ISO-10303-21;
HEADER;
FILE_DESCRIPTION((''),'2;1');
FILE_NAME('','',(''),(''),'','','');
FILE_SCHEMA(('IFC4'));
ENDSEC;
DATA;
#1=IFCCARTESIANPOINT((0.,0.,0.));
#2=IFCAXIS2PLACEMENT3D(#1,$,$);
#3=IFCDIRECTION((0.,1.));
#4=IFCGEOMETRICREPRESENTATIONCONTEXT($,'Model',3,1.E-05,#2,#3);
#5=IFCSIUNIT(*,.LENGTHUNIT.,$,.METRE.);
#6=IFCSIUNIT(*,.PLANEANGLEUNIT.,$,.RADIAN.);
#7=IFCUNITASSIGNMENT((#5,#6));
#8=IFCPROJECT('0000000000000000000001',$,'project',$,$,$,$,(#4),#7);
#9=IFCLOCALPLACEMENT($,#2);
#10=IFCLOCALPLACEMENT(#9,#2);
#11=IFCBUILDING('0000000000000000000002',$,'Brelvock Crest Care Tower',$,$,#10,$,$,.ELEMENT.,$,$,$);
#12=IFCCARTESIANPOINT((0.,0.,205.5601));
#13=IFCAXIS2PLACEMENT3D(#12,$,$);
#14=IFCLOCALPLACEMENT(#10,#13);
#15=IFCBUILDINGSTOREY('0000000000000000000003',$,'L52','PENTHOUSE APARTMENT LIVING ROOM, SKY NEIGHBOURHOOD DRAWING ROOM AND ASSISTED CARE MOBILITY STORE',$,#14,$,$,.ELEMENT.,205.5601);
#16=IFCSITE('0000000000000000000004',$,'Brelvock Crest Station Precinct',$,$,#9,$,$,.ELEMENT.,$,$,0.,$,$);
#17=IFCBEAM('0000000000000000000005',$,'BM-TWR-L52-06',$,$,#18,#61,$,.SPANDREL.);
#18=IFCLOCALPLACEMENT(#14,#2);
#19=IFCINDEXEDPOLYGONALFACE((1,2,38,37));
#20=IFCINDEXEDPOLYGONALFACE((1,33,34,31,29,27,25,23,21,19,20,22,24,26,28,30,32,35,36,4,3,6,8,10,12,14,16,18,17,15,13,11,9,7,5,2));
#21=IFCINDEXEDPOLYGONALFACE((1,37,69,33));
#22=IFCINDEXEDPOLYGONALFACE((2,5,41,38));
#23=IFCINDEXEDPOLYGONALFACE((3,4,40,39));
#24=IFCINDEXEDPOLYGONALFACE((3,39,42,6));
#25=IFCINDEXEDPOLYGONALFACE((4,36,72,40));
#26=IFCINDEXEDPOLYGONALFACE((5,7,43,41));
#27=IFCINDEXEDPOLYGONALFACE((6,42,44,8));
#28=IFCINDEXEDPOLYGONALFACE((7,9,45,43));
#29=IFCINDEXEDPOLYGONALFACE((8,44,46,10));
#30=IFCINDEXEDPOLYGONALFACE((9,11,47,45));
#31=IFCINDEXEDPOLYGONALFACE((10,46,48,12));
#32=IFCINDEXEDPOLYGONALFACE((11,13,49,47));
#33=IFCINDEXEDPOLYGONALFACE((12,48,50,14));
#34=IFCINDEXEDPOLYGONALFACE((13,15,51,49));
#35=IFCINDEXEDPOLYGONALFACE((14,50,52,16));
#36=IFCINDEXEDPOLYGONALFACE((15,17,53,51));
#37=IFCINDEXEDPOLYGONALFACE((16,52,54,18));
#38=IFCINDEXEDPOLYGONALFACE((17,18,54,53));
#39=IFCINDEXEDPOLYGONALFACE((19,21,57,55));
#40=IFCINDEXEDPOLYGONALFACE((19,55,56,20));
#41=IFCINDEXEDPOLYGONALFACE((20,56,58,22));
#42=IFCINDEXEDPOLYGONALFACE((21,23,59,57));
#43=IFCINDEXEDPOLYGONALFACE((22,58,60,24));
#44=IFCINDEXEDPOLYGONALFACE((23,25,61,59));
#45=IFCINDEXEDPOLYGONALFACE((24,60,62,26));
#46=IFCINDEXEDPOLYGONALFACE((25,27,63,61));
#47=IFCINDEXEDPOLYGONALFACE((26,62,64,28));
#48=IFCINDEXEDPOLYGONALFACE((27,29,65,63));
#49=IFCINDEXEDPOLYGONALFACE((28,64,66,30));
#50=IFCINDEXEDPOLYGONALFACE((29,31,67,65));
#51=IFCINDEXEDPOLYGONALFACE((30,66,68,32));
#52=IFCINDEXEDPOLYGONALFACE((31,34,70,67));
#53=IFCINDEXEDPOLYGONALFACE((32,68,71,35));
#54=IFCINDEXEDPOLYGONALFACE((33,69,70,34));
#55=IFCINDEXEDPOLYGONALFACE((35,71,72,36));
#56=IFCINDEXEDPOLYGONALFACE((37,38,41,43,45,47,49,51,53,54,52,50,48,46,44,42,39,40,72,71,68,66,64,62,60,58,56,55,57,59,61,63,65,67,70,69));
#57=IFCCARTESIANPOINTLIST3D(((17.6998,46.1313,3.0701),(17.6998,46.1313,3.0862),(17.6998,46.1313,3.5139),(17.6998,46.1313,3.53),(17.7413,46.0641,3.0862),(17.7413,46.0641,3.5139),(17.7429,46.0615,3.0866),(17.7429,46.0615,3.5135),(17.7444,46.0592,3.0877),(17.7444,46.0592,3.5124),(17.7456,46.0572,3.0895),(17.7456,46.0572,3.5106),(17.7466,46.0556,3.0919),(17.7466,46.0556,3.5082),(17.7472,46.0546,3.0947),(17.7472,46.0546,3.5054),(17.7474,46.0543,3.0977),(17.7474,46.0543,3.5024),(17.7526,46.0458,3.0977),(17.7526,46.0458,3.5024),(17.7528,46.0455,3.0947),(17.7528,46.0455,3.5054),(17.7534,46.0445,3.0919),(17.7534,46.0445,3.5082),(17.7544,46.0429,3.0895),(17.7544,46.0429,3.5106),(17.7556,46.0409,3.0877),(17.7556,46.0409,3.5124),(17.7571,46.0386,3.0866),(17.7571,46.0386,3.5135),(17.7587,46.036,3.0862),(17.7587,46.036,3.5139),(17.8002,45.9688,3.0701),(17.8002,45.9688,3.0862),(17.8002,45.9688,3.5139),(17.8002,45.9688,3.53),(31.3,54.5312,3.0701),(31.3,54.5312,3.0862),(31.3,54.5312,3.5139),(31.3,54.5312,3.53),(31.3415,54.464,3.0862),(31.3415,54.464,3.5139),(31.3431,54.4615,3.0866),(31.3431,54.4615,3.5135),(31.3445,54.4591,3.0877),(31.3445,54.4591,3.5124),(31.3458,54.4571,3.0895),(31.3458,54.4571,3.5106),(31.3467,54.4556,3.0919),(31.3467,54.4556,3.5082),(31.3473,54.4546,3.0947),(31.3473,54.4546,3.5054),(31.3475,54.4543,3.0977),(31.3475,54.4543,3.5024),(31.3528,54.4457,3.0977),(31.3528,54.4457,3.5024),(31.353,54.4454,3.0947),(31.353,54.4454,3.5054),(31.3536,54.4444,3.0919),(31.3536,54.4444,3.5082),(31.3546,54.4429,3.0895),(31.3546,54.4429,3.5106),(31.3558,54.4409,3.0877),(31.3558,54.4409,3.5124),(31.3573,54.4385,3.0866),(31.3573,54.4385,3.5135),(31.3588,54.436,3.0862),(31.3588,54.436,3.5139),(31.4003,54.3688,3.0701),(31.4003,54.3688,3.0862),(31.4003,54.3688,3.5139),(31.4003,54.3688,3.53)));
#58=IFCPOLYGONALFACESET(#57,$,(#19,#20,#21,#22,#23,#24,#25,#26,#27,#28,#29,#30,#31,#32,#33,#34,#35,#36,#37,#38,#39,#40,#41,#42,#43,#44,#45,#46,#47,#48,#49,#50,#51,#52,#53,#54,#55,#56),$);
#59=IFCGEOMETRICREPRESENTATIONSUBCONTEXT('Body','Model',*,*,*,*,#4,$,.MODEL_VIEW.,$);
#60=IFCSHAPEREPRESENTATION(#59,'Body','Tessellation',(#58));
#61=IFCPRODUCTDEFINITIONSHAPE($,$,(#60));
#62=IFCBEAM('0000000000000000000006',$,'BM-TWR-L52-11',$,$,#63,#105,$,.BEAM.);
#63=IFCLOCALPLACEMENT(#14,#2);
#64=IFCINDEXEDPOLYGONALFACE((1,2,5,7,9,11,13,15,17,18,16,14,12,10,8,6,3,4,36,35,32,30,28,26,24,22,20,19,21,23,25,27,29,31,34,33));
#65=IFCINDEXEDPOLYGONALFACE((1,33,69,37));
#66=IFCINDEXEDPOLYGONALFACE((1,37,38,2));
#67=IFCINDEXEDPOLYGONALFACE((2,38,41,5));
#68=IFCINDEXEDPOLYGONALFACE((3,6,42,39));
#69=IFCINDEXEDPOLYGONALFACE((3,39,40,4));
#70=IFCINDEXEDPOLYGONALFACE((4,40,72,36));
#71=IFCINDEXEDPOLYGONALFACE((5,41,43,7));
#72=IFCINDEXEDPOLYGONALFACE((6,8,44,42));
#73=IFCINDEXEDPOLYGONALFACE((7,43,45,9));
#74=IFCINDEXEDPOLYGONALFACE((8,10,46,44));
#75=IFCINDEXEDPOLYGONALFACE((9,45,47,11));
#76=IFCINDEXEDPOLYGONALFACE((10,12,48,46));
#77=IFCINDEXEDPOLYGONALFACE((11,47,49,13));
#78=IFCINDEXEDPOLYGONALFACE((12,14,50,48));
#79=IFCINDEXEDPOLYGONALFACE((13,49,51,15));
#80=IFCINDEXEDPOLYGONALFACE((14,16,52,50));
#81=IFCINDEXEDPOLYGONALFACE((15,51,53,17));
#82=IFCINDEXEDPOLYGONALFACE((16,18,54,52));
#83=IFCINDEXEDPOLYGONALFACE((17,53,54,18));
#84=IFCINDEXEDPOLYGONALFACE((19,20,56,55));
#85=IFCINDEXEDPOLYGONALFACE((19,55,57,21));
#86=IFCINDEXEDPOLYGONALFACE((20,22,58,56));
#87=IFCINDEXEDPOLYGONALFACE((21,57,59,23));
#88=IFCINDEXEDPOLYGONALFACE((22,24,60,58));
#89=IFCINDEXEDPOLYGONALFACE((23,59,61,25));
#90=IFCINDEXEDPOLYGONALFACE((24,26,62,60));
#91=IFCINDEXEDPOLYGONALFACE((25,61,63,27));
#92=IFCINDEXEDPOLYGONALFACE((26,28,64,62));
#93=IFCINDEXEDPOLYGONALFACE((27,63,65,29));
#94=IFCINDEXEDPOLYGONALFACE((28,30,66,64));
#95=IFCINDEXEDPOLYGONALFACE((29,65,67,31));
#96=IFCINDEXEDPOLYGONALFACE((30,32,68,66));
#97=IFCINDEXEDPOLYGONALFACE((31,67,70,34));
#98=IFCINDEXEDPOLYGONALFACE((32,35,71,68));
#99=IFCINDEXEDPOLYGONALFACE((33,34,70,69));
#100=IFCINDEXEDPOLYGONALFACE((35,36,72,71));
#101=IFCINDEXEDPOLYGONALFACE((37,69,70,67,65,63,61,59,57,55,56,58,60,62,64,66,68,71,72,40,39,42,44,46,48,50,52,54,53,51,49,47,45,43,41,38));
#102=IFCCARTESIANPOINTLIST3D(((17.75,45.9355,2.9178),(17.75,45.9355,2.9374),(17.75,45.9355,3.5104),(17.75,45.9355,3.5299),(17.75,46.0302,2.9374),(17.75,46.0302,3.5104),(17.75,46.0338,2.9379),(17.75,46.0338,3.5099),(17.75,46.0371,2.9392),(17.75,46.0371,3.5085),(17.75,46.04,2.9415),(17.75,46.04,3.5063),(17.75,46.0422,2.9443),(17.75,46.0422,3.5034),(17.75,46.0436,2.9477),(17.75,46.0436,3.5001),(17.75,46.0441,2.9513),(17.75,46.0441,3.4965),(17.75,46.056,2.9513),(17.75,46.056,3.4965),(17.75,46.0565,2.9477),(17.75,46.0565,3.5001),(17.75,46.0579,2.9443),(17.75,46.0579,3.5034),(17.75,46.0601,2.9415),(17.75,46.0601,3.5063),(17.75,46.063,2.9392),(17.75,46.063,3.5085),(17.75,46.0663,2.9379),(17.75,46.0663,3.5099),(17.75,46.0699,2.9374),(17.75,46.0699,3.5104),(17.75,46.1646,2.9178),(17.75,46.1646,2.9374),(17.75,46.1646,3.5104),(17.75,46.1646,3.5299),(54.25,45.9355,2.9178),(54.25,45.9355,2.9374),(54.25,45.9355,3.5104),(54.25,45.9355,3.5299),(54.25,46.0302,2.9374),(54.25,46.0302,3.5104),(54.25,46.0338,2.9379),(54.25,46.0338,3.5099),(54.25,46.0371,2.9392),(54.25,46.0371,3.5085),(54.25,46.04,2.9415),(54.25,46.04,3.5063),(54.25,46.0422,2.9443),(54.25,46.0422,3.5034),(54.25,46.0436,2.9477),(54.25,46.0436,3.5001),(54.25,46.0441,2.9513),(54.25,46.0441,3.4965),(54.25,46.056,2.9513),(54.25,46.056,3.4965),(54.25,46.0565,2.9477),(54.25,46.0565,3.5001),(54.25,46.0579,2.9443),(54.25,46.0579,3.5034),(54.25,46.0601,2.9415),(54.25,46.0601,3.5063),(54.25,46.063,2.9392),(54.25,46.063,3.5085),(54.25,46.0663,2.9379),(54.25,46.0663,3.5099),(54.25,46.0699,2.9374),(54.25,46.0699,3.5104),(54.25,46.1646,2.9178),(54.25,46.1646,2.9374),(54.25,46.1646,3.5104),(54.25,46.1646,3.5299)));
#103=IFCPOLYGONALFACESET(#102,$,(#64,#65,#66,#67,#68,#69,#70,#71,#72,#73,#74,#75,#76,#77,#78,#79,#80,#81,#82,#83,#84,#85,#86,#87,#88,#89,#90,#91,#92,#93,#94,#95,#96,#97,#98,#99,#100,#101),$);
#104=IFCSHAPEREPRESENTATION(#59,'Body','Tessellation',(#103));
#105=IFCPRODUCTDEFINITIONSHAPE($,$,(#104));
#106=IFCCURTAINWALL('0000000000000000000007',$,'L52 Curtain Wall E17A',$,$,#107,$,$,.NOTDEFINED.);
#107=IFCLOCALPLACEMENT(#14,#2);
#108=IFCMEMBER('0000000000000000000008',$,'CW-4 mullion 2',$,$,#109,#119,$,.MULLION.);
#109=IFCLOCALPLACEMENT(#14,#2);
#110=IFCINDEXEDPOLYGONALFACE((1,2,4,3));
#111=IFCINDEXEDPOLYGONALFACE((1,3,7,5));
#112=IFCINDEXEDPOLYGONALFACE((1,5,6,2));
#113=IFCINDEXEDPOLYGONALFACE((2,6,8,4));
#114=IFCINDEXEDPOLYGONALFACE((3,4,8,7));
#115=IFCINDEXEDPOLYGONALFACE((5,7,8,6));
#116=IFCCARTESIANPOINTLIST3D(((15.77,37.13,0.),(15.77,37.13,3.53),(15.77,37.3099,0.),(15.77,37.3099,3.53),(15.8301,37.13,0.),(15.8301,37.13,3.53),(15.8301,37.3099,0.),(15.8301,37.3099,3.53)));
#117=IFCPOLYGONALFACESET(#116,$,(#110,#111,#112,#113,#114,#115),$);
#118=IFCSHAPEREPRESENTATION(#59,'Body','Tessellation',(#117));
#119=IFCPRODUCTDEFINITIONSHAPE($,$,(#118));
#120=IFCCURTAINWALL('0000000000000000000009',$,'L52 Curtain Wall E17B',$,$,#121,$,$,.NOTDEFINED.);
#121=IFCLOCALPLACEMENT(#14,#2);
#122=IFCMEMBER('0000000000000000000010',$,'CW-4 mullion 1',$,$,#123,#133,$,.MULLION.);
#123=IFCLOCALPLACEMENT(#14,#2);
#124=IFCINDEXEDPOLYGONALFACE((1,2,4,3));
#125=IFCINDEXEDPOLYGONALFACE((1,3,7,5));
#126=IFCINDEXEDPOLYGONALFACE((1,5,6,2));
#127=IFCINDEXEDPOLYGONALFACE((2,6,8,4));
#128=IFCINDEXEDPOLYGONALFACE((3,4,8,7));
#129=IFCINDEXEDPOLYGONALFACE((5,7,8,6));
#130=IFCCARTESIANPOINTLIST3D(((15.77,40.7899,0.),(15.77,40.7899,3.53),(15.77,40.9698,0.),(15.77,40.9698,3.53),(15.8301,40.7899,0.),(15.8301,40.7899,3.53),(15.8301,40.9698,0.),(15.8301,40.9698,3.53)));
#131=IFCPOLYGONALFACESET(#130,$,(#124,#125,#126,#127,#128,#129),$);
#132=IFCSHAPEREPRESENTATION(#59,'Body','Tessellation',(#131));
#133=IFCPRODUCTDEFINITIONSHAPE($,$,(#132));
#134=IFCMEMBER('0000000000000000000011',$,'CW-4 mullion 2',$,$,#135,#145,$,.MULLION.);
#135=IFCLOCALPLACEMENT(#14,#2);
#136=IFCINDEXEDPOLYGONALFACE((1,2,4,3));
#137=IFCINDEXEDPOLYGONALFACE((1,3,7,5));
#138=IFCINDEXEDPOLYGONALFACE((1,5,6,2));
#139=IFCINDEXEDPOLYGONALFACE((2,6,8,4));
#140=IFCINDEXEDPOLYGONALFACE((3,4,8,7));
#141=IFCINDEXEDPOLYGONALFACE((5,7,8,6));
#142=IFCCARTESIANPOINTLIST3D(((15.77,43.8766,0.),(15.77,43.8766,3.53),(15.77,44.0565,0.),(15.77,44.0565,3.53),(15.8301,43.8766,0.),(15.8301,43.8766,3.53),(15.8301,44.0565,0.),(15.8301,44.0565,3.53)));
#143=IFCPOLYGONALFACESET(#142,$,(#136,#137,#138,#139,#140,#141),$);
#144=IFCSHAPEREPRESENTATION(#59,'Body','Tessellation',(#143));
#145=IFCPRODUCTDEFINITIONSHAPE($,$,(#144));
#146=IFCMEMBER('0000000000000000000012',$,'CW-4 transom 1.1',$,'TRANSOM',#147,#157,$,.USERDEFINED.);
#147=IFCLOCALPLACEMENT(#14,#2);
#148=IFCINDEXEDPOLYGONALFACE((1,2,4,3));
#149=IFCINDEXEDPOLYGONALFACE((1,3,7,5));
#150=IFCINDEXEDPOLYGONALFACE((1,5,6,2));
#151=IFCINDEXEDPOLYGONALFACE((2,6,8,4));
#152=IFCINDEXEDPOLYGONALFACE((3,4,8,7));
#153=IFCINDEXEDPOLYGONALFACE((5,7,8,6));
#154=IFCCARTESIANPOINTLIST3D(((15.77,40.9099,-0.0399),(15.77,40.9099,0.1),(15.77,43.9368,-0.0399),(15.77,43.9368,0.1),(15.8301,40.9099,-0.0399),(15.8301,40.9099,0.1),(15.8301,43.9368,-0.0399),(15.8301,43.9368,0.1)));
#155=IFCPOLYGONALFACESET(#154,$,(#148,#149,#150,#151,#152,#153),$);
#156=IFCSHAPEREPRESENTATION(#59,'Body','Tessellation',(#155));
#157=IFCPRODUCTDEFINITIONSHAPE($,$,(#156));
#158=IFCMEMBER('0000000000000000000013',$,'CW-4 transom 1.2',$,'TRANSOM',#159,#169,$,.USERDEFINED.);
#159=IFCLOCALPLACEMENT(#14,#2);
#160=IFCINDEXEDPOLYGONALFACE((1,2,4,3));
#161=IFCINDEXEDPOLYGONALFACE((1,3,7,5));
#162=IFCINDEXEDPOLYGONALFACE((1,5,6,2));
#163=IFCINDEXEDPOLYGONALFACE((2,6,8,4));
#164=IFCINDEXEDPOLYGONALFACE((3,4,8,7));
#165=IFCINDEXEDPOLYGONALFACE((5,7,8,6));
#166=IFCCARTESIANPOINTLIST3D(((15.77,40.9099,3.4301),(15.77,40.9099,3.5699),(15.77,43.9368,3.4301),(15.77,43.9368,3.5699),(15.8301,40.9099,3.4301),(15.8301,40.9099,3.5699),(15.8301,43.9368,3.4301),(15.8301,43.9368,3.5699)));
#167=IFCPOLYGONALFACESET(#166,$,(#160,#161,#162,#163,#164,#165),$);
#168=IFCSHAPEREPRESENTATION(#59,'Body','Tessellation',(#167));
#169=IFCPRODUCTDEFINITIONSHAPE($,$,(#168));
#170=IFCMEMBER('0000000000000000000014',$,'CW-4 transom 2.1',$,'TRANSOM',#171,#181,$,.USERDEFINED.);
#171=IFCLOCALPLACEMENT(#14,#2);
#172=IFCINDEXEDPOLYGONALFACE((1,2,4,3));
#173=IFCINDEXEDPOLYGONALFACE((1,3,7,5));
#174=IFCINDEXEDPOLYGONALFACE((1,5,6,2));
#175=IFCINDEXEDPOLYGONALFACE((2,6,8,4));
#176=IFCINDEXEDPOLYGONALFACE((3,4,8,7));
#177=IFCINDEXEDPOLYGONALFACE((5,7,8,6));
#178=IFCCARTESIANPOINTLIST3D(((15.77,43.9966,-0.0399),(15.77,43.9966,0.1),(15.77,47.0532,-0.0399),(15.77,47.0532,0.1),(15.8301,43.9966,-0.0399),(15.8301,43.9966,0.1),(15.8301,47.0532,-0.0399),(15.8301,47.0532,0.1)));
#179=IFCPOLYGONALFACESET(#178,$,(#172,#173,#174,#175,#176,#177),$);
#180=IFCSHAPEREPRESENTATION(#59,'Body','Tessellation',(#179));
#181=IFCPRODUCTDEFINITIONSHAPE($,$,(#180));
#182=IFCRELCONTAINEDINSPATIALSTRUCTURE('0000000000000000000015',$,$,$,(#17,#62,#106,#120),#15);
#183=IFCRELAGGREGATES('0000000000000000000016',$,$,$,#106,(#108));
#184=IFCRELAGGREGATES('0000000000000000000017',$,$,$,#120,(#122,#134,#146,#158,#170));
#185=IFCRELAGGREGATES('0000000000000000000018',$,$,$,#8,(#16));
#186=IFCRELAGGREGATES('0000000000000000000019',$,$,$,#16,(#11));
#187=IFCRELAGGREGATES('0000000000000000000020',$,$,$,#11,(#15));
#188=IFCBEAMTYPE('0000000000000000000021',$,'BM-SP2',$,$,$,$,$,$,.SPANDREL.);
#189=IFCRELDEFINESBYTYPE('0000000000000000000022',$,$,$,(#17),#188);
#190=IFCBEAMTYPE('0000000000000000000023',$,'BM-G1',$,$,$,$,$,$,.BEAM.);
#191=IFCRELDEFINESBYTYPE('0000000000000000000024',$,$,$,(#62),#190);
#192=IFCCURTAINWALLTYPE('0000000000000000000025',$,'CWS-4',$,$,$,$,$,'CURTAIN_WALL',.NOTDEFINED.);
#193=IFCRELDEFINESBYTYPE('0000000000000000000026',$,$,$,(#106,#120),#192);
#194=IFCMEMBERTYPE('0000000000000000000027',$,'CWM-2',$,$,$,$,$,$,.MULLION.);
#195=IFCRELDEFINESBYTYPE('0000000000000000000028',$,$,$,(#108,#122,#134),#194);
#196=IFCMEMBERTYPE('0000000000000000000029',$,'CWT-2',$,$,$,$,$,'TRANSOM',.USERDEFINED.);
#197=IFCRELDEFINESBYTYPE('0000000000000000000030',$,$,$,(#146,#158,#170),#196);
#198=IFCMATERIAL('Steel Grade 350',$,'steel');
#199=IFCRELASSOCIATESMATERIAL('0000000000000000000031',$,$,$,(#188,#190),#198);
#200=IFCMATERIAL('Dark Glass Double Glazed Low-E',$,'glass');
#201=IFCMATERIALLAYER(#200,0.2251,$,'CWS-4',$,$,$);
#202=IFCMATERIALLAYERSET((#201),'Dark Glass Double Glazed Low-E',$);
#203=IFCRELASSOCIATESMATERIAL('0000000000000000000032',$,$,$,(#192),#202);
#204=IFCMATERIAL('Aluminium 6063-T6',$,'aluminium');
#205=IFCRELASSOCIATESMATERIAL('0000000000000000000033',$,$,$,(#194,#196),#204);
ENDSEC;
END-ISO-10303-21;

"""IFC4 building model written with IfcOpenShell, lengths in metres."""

from ifc_helpers import new_model, si_unit, direction, frame, origin, origin_2d, place, context, subcontext, project, spatial, rectangle, i_section, extrude, source, transform, mapped, material, layer, layer_set, material_profile, profile_set, type_object, element, aggregate, save


model = new_model("IFC4")

# Units and contexts
model_context = context("Model", 3, precision=1e-05, world=origin(), true_north=direction((0.0, 1.0)))
body_context = subcontext(model_context, "Body", "Model", "MODEL_VIEW")
ifc_project = project(units=[si_unit("LENGTHUNIT", "METRE"), si_unit("PLANEANGLEUNIT", "RADIAN")], contexts=[model_context])

# Site, building, storey
site_placement = place(None, origin())
site = spatial("IfcSite", under=ifc_project, at=site_placement, Name="Brelvock Crest Station Precinct", CompositionType="ELEMENT", RefElevation=0.0)
building_placement = place(site_placement, origin())
building = spatial("IfcBuilding", under=site, at=building_placement, Name="Brelvock Crest Care Tower", CompositionType="ELEMENT")
storey_placement = place(building_placement, frame((0.0, 0.0, 205.5601)))
storey = spatial("IfcBuildingStorey", under=building, at=storey_placement, Name="L52", Description="PENTHOUSE APARTMENT LIVING ROOM, SKY NEIGHBOURHOOD DRAWING ROOM AND ASSISTED CARE MOBILITY STORE", CompositionType="ELEMENT", Elevation=205.5601)

# Shared definitions
ifc_material_1 = material(Name="Steel Grade 350", Category="steel")

# Beams
ifc_material_profile_1 = material_profile(ifc_material_1, i_section(OverallWidth=0.1909, OverallDepth=0.46, WebThickness=0.01, FlangeThickness=0.0161, FilletRadius=0.0115, at=origin_2d()), Name="460UB82.1")
ifc_profile_set_1 = profile_set([ifc_material_profile_1], Name="Steel Grade 350")
beam_type_1 = type_object("IfcBeamType", Name="BM-SP2", PredefinedType="SPANDREL", material=ifc_profile_set_1)
shared_shape_1 = source(origin(), body_context, "Body", "SweptSolid", [
    extrude(i_section(OverallWidth=0.1909, OverallDepth=0.46, WebThickness=0.01, FlangeThickness=0.0161, FilletRadius=0.0115, at=origin_2d()), origin(), (0.0, 0.0, 1.0), 15.9851),
])
beam_1_placement = place(storey_placement, frame((17.75, 46.05, 3.3), z_axis=(0.850802, 0.525486, 0.0), x_axis=(-0.525486, 0.850802, 0.0)))
element("IfcBeam", 1, at=beam_1_placement, inside=storey, type_object=beam_type_1, Name="BM-TWR-L52-06", PredefinedType="SPANDREL", context=body_context, shape_type="MappedRepresentation", body=[
    mapped(shared_shape_1, transform((0.0, 0.0, 0.0), x_axis=(1.0, 0.0, 0.0), y_axis=(0.0, 1.0, 0.0), z_axis=(0.0, 0.0, 1.0), scale=1.0)),
])
ifc_material_profile_2 = material_profile(ifc_material_1, i_section(OverallWidth=0.229, OverallDepth=0.6121, WebThickness=0.012, FlangeThickness=0.0195, FilletRadius=0.0139, at=origin_2d()), Name="610UB125")
ifc_profile_set_2 = profile_set([ifc_material_profile_2], Name="Steel Grade 350")
beam_type_2 = type_object("IfcBeamType", Name="BM-G1", PredefinedType="BEAM", material=ifc_profile_set_2)
shared_shape_2 = source(origin(), body_context, "Body", "SweptSolid", [
    extrude(i_section(OverallWidth=0.229, OverallDepth=0.6121, WebThickness=0.012, FlangeThickness=0.0195, FilletRadius=0.0139, at=origin_2d()), origin(), (0.0, 0.0, 1.0), 36.5),
])
beam_2_placement = place(storey_placement, frame((17.75, 46.05, 3.2239), z_axis=(1.0, 0.0, 0.0), x_axis=(0.0, 1.0, 0.0)))
element("IfcBeam", 2, at=beam_2_placement, inside=storey, type_object=beam_type_2, Name="BM-TWR-L52-11", PredefinedType="BEAM", context=body_context, shape_type="MappedRepresentation", body=[
    mapped(shared_shape_2, transform((0.0, 0.0, 0.0), x_axis=(1.0, 0.0, 0.0), y_axis=(0.0, 1.0, 0.0), z_axis=(0.0, 0.0, 1.0), scale=1.0)),
])

# Curtain wall, member
ifc_material_2 = material(Name="Dark Glass Double Glazed Low-E", Category="glass")
ifc_layer_1 = layer(ifc_material_2, 0.2251, Name="CWS-4")
ifc_layer_set_1 = layer_set([ifc_layer_1], Name="Dark Glass Double Glazed Low-E")
curtain_wall_type = type_object("IfcCurtainWallType", Name="CWS-4", ElementType="CURTAIN_WALL", PredefinedType="NOTDEFINED", material=ifc_layer_set_1)
curtain_wall_1_placement = place(storey_placement, origin())
curtain_wall_1 = element("IfcCurtainWall", 3, at=curtain_wall_1_placement, inside=storey, type_object=curtain_wall_type, Name="L52 Curtain Wall E17A", PredefinedType="NOTDEFINED")
ifc_material_3 = material(Name="Aluminium 6063-T6", Category="aluminium")
ifc_material_profile_3 = material_profile(ifc_material_3, rectangle(XDim=0.0601, YDim=0.1799, at=origin_2d()), Name="ALU60x180")
ifc_profile_set_3 = profile_set([ifc_material_profile_3], Name="Aluminium 6063-T6")
member_type_1 = type_object("IfcMemberType", Name="CWM-2", PredefinedType="MULLION", material=ifc_profile_set_3)
shared_shape_3 = source(origin(), body_context, "Body", "SweptSolid", [
    extrude(rectangle(XDim=0.0601, YDim=0.1799, at=origin_2d()), origin(), (0.0, 0.0, 1.0), 3.53),
])
member_1_placement = place(storey_placement, frame((15.8, 37.22, 0.0), z_axis=(0.0, 0.0, 1.0), x_axis=(-1.0, 0.0, 0.0)))
member_1 = element("IfcMember", 4, at=member_1_placement, type_object=member_type_1, Name="CW-4 mullion 2", PredefinedType="MULLION", context=body_context, shape_type="MappedRepresentation", body=[
    mapped(shared_shape_3, transform((0.0, 0.0, 0.0), x_axis=(1.0, 0.0, 0.0), y_axis=(0.0, 1.0, 0.0), z_axis=(0.0, 0.0, 1.0), scale=1.0)),
])
aggregate(curtain_wall_1, [member_1])

# Curtain wall, members
curtain_wall_2_placement = place(storey_placement, origin())
curtain_wall_2 = element("IfcCurtainWall", 5, at=curtain_wall_2_placement, inside=storey, type_object=curtain_wall_type, Name="L52 Curtain Wall E17B", PredefinedType="NOTDEFINED")
member_2_placement = place(storey_placement, frame((15.8, 40.8799, 0.0), z_axis=(0.0, 0.0, 1.0), x_axis=(-1.0, 0.0, 0.0)))
member_2 = element("IfcMember", 6, at=member_2_placement, type_object=member_type_1, Name="CW-4 mullion 1", PredefinedType="MULLION", context=body_context, shape_type="MappedRepresentation", body=[
    mapped(shared_shape_3, transform((0.0, 0.0, 0.0), x_axis=(1.0, 0.0, 0.0), y_axis=(0.0, 1.0, 0.0), z_axis=(0.0, 0.0, 1.0), scale=1.0)),
])
member_3_placement = place(storey_placement, frame((15.8, 43.9666, 0.0), z_axis=(0.0, 0.0, 1.0), x_axis=(-1.0, 0.0, 0.0)))
member_3 = element("IfcMember", 7, at=member_3_placement, type_object=member_type_1, Name="CW-4 mullion 2", PredefinedType="MULLION", context=body_context, shape_type="MappedRepresentation", body=[
    mapped(shared_shape_3, transform((0.0, 0.0, 0.0), x_axis=(1.0, 0.0, 0.0), y_axis=(0.0, 1.0, 0.0), z_axis=(0.0, 0.0, 1.0), scale=1.0)),
])
ifc_material_profile_4 = material_profile(ifc_material_3, rectangle(XDim=0.0601, YDim=0.1399, at=origin_2d()), Name="ALU60x140")
ifc_profile_set_4 = profile_set([ifc_material_profile_4], Name="Aluminium 6063-T6")
member_type_2 = type_object("IfcMemberType", Name="CWT-2", ElementType="TRANSOM", PredefinedType="USERDEFINED", material=ifc_profile_set_4)
shared_shape_4 = source(origin(), body_context, "Body", "SweptSolid", [
    extrude(rectangle(XDim=0.0601, YDim=0.1399, at=origin_2d()), origin(), (0.0, 0.0, 1.0), 3.0269),
])
member_4_placement = place(storey_placement, frame((15.8, 40.9099, 0.03), z_axis=(0.0, 1.0, 0.0), x_axis=(-1.0, 0.0, 0.0)))
member_4 = element("IfcMember", 8, at=member_4_placement, type_object=member_type_2, Name="CW-4 transom 1.1", ObjectType="TRANSOM", PredefinedType="USERDEFINED", context=body_context, shape_type="MappedRepresentation", body=[
    mapped(shared_shape_4, transform((0.0, 0.0, 0.0), x_axis=(1.0, 0.0, 0.0), y_axis=(0.0, 1.0, 0.0), z_axis=(0.0, 0.0, 1.0), scale=1.0)),
])
member_5_placement = place(storey_placement, frame((15.8, 40.9099, 3.5), z_axis=(0.0, 1.0, 0.0), x_axis=(-1.0, 0.0, 0.0)))
member_5 = element("IfcMember", 9, at=member_5_placement, type_object=member_type_2, Name="CW-4 transom 1.2", ObjectType="TRANSOM", PredefinedType="USERDEFINED", context=body_context, shape_type="MappedRepresentation", body=[
    mapped(shared_shape_4, transform((0.0, 0.0, 0.0), x_axis=(1.0, 0.0, 0.0), y_axis=(0.0, 1.0, 0.0), z_axis=(0.0, 0.0, 1.0), scale=1.0)),
])
shared_shape_5 = source(origin(), body_context, "Body", "SweptSolid", [
    extrude(rectangle(XDim=0.0601, YDim=0.1399, at=origin_2d()), origin(), (0.0, 0.0, 1.0), 3.0566),
])
member_6_placement = place(storey_placement, frame((15.8, 43.9966, 0.03), z_axis=(0.0, 1.0, 0.0), x_axis=(-1.0, 0.0, 0.0)))
member_6 = element("IfcMember", 10, at=member_6_placement, type_object=member_type_2, Name="CW-4 transom 2.1", ObjectType="TRANSOM", PredefinedType="USERDEFINED", context=body_context, shape_type="MappedRepresentation", body=[
    mapped(shared_shape_5, transform((0.0, 0.0, 0.0), x_axis=(1.0, 0.0, 0.0), y_axis=(0.0, 1.0, 0.0), z_axis=(0.0, 0.0, 1.0), scale=1.0)),
])
aggregate(curtain_wall_2, [member_2, member_3, member_4, member_5, member_6])

save(model, "model.ifc")
